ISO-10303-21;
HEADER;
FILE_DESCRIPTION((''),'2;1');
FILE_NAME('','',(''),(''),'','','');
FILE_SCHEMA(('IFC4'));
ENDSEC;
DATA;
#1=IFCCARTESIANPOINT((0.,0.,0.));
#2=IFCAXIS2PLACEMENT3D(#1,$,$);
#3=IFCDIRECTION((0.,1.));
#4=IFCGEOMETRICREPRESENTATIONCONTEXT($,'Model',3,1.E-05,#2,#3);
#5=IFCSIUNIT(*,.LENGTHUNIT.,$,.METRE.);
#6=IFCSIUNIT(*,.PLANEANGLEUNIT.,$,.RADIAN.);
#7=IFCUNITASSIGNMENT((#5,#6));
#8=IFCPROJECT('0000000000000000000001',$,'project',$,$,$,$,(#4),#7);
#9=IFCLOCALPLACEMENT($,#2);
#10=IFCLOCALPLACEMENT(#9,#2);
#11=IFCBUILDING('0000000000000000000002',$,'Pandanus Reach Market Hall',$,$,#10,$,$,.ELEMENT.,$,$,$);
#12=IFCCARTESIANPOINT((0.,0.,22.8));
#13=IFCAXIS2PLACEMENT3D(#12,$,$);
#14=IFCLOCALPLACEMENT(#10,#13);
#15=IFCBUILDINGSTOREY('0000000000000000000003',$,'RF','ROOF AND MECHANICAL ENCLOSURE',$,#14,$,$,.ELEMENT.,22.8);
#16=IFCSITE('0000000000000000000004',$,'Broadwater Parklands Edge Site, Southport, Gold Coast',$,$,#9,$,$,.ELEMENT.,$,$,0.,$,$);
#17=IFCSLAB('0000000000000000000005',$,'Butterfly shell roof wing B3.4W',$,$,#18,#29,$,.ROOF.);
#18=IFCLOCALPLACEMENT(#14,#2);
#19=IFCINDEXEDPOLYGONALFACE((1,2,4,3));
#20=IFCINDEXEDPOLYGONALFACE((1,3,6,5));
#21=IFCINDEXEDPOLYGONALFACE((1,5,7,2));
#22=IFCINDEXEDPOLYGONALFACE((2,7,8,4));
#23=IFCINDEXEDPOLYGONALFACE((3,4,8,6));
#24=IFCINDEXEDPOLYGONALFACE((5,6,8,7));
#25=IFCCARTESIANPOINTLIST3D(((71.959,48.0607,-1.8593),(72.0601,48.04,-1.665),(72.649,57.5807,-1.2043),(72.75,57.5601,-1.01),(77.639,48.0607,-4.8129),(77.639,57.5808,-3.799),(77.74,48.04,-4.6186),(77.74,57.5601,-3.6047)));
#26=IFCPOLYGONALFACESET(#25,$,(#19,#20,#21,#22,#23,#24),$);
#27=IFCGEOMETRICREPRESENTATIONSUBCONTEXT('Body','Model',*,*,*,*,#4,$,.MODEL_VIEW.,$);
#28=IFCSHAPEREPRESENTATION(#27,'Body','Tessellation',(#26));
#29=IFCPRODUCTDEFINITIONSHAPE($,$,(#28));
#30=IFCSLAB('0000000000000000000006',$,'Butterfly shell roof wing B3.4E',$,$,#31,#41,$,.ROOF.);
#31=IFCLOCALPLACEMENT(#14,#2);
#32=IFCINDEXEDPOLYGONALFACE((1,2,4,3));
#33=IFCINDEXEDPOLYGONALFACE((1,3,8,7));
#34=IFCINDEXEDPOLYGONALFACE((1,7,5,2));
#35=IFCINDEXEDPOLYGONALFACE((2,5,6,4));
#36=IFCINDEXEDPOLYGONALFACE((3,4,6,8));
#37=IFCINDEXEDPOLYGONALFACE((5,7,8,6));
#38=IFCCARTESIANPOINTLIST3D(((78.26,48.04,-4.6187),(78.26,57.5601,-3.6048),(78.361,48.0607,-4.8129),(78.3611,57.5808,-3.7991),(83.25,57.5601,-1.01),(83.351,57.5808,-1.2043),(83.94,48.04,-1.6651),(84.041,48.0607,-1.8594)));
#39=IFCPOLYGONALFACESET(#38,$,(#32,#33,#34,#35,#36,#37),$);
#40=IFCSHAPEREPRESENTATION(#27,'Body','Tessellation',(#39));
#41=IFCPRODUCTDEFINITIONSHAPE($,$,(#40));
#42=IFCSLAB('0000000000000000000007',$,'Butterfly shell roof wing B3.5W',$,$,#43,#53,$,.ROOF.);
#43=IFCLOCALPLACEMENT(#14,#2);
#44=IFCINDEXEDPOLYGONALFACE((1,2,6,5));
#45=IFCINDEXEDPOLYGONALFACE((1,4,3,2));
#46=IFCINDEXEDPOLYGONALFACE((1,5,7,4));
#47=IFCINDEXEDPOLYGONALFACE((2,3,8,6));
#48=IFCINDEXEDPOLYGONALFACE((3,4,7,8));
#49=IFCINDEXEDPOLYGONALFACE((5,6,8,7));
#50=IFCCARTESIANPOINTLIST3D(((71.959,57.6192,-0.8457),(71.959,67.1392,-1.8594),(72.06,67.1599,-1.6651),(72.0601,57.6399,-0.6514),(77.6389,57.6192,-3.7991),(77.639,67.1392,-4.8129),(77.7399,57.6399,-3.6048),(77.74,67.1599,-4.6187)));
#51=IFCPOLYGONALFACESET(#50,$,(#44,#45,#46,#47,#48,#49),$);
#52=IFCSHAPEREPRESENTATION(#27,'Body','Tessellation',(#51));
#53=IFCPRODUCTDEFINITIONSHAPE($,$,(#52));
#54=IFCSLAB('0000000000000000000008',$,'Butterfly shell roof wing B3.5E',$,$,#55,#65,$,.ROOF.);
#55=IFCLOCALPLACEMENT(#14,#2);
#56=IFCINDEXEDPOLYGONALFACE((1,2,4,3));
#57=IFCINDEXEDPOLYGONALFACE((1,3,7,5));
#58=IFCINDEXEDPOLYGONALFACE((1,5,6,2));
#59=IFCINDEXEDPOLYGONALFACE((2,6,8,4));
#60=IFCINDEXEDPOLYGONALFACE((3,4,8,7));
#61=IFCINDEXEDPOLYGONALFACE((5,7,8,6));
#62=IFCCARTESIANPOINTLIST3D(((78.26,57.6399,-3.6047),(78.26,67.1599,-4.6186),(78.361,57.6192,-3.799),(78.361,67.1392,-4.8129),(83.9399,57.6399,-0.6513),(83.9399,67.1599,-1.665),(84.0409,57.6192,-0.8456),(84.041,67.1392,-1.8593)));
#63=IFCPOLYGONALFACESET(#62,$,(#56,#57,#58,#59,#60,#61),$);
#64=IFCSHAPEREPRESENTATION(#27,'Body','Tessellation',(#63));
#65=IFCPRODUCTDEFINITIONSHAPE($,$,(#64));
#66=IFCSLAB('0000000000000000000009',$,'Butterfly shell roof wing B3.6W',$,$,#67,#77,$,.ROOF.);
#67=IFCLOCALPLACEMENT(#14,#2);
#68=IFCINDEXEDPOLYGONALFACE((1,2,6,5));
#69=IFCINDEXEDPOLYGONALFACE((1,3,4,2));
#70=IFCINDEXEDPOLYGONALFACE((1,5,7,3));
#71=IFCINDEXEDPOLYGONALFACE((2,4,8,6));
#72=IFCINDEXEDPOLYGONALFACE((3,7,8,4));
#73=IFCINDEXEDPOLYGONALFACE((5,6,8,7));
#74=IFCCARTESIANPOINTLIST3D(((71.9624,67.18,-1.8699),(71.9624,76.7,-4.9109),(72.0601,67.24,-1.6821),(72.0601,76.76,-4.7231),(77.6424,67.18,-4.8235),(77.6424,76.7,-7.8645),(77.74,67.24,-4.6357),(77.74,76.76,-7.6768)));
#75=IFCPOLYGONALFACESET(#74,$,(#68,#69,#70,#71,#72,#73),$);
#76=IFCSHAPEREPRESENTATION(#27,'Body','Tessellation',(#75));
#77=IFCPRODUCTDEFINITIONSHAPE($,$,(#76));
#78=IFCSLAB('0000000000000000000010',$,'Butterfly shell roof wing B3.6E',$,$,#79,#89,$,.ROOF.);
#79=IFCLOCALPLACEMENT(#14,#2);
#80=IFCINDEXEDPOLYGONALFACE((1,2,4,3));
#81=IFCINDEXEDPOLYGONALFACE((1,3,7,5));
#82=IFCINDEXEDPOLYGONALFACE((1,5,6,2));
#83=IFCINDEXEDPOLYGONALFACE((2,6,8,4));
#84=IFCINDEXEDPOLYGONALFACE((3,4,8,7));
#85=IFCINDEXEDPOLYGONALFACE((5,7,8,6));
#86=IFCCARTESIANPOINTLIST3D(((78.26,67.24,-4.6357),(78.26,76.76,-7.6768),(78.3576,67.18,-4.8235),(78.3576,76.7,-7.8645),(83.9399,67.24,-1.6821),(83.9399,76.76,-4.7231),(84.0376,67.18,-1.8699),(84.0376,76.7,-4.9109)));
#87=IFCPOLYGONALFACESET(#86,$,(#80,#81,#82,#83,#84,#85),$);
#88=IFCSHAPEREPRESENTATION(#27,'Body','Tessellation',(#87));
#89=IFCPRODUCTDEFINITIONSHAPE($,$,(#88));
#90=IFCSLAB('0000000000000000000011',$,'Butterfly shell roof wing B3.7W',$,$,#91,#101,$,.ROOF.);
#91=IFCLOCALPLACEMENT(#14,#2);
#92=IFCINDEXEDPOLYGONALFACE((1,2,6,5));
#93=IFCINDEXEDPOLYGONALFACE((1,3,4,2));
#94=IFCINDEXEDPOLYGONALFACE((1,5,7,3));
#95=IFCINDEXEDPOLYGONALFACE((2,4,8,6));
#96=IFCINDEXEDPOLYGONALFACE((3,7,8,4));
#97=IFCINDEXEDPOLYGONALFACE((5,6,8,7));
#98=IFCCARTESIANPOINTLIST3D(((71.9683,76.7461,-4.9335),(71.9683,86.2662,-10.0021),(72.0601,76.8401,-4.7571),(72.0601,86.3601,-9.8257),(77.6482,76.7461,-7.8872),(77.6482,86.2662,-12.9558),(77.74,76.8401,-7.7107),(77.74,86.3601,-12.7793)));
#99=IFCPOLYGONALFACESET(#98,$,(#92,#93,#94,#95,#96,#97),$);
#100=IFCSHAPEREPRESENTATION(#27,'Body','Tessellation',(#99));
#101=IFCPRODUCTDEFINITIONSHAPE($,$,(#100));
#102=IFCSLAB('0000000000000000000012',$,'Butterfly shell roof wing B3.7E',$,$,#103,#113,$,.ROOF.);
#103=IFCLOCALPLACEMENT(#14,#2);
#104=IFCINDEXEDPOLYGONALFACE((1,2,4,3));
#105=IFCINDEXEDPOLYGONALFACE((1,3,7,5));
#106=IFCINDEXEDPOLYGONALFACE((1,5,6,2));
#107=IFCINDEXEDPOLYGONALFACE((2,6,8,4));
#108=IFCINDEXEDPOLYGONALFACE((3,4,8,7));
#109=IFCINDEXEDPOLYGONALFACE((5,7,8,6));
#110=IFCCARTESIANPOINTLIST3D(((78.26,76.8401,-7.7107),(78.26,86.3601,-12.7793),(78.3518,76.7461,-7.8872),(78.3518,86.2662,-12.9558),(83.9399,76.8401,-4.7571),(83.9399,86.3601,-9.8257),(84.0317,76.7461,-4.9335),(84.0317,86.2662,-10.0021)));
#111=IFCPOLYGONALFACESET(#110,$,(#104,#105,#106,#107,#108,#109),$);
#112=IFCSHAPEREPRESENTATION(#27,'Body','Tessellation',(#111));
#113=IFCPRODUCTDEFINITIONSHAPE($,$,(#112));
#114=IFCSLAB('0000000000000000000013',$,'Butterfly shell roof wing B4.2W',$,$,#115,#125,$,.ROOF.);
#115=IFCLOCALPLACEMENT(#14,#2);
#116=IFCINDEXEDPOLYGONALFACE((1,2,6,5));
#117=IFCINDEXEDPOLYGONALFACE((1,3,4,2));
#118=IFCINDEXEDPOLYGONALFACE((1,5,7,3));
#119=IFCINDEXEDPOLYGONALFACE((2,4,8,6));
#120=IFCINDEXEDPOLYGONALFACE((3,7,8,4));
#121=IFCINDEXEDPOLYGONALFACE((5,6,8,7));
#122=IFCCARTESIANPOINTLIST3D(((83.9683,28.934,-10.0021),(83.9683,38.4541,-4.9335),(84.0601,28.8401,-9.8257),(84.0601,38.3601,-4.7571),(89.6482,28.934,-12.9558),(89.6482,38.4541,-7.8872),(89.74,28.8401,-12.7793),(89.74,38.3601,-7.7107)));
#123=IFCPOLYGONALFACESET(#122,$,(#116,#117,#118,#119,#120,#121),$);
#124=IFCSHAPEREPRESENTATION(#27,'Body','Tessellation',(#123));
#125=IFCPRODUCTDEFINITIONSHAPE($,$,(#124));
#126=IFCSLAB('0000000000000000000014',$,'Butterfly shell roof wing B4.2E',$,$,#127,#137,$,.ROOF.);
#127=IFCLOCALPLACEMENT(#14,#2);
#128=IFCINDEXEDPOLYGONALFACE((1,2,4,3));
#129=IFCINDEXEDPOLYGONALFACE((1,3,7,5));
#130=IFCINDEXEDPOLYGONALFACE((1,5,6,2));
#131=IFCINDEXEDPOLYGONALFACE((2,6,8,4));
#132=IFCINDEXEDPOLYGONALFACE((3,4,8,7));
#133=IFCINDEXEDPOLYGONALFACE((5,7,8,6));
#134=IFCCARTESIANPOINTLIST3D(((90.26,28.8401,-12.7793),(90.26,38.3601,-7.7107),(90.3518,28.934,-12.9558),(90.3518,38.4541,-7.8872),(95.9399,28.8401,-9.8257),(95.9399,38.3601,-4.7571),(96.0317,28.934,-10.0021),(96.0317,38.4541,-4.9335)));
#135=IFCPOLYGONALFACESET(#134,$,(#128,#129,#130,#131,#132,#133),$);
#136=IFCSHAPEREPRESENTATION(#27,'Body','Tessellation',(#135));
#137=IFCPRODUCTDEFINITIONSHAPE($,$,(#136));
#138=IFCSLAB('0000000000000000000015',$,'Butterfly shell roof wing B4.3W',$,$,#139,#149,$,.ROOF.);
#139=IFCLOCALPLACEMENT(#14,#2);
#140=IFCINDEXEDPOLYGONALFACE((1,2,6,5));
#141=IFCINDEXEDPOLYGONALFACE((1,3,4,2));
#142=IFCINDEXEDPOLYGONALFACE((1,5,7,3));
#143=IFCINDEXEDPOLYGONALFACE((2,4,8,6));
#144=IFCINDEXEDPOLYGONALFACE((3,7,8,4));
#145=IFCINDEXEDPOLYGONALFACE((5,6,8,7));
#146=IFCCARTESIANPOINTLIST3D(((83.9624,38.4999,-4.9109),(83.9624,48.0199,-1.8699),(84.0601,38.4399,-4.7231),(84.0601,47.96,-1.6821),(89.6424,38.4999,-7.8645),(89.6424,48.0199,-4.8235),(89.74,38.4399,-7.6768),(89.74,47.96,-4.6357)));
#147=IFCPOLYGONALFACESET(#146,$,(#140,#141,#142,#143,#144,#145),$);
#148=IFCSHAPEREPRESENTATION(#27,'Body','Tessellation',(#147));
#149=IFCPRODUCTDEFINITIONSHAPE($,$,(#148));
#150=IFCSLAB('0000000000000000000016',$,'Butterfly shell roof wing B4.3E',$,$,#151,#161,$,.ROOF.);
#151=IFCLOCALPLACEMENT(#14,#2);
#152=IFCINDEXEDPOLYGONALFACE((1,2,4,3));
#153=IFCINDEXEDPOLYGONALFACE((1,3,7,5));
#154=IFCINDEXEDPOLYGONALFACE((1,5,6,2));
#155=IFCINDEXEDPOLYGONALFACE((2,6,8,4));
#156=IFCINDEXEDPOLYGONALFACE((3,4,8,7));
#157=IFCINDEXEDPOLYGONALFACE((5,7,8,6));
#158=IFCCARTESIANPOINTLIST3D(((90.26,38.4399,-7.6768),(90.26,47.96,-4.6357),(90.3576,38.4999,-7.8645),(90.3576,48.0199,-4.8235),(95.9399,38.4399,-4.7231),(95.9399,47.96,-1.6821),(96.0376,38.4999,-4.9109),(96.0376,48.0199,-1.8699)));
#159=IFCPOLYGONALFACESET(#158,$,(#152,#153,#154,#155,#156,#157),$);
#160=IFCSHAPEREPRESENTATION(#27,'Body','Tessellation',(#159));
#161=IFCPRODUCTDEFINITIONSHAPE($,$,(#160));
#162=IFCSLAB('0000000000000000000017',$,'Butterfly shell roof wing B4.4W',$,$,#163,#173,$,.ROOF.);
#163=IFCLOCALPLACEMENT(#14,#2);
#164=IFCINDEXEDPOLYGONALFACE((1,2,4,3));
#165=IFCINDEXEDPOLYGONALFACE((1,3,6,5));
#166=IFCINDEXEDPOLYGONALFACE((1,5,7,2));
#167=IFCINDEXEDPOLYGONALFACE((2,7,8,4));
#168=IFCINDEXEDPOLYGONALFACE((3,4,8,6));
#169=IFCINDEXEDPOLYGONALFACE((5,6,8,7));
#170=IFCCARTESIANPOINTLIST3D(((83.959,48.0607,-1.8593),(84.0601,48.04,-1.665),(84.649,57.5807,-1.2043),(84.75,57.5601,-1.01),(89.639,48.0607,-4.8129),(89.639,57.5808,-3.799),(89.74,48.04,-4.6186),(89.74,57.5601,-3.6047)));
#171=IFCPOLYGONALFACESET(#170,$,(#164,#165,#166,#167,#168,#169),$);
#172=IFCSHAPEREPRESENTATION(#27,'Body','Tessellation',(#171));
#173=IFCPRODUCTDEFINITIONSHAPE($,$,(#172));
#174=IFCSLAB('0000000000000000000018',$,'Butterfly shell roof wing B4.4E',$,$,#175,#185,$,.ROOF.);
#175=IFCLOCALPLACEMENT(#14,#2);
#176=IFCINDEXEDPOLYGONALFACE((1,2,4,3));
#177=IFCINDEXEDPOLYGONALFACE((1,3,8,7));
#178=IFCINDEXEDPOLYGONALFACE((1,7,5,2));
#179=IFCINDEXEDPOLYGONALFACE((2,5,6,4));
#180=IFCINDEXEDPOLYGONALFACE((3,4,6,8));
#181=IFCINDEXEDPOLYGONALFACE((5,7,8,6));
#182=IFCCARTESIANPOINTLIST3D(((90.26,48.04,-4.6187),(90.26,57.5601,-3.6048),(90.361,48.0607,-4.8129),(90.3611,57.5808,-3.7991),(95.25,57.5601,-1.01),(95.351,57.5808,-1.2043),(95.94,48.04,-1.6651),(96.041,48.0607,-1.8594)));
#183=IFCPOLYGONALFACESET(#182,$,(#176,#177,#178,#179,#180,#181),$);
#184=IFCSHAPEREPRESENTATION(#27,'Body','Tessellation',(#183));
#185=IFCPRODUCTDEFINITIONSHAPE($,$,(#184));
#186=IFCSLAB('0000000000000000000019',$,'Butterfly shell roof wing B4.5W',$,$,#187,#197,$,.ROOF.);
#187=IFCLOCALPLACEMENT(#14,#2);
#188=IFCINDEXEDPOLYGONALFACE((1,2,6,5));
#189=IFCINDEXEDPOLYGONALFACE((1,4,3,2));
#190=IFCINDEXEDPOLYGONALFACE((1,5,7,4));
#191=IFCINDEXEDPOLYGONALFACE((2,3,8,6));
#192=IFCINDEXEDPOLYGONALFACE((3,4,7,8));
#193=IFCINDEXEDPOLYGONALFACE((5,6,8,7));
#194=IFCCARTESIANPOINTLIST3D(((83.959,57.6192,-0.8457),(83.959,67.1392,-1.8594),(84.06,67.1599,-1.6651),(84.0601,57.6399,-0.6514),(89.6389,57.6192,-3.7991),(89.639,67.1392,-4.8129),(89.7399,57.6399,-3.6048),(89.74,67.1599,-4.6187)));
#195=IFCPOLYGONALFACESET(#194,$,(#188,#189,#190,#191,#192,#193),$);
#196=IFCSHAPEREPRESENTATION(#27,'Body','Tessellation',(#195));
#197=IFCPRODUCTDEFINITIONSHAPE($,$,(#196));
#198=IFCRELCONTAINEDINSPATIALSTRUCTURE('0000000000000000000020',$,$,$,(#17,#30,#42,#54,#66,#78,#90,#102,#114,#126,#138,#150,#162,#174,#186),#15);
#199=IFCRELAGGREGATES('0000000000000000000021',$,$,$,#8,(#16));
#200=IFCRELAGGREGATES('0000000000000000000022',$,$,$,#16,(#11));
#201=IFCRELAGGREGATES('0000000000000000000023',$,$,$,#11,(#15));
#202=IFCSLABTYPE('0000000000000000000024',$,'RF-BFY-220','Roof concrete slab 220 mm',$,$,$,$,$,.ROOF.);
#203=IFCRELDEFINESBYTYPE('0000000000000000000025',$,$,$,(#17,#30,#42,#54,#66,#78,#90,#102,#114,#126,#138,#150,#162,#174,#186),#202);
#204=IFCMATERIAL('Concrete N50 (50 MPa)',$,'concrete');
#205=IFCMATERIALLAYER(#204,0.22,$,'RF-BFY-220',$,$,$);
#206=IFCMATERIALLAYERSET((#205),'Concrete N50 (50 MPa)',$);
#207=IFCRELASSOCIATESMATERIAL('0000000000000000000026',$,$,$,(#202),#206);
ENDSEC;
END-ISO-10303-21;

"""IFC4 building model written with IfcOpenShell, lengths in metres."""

from ifc_helpers import new_model, si_unit, direction, frame, origin, place, context, subcontext, project, spatial, polyline, outline, extrude, material, layer, layer_set, type_object, element, save


model = new_model("IFC4")

# Units and contexts
model_context = context("Model", 3, precision=1e-05, world=origin(), true_north=direction((0.0, 1.0)))
body_context = subcontext(model_context, "Body", "Model", "MODEL_VIEW")
ifc_project = project(units=[si_unit("LENGTHUNIT", "METRE"), si_unit("PLANEANGLEUNIT", "RADIAN")], contexts=[model_context])

# Site, building, storey
site_placement = place(None, origin())
site = spatial("IfcSite", under=ifc_project, at=site_placement, Name="Broadwater Parklands Edge Site, Southport, Gold Coast", CompositionType="ELEMENT", RefElevation=0.0)
building_placement = place(site_placement, origin())
building = spatial("IfcBuilding", under=site, at=building_placement, Name="Pandanus Reach Market Hall", CompositionType="ELEMENT")
storey_placement = place(building_placement, frame((0.0, 0.0, 22.8)))
storey = spatial("IfcBuildingStorey", under=building, at=storey_placement, Name="RF", Description="ROOF AND MECHANICAL ENCLOSURE", CompositionType="ELEMENT", Elevation=22.8)

# Slabs
ifc_material = material(Name="Concrete N50 (50 MPa)", Category="concrete")
ifc_layer_1 = layer(ifc_material, 0.22, Name="RF-BFY-220")
ifc_layer_set_1 = layer_set([ifc_layer_1], Name="Concrete N50 (50 MPa)")
slab_type_1 = type_object("IfcSlabType", Name="RF-BFY-220", Description="Roof concrete slab 220 mm", PredefinedType="ROOF", material=ifc_layer_set_1)
slab_1_placement = place(storey_placement, frame((72.0601, 48.04, -1.665), z_axis=(0.459306, -0.094067, 0.883283), x_axis=(0.887217, -0.000001, -0.461352)))
element("IfcSlab", 1, at=slab_1_placement, inside=storey, type_object=slab_type_1, Name="Butterfly shell roof wing B3.4W", PredefinedType="ROOF", context=body_context, shape_type="SweptSolid", body=[
    extrude(outline(polyline([(0.0, 0.0), (6.402, 0.0), (5.9342, 9.5624), (0.3099, 9.5624), (0.0, 0.0)])), origin(), (0.0, 0.0, -1.0), 0.22),
])
slab_2_placement = place(storey_placement, frame((78.26, 48.04, -4.6187), z_axis=(-0.459306, -0.094067, 0.883283), x_axis=(0.887217, 0.000001, 0.461352)))
element("IfcSlab", 2, at=slab_2_placement, inside=storey, type_object=slab_type_1, Name="Butterfly shell roof wing B3.4E", PredefinedType="ROOF", context=body_context, shape_type="SweptSolid", body=[
    extrude(outline(polyline([(0.0, 0.0), (6.402, 0.0), (6.0921, 9.5624), (0.4678, 9.5624), (0.0, 0.0)])), origin(), (0.0, 0.0, -1.0), 0.22),
])
slab_3_placement = place(storey_placement, frame((72.0601, 57.6399, -0.6514), z_axis=(0.459298, 0.094062, 0.883288), x_axis=(0.887222, -0.000002, -0.461344)))
element("IfcSlab", 3, at=slab_3_placement, inside=storey, type_object=slab_type_1, Name="Butterfly shell roof wing B3.5W", PredefinedType="ROOF", context=body_context, shape_type="SweptSolid", body=[
    extrude(outline(polyline([(0.0, 0.0), (6.4019, 0.0), (6.8696, 9.5624), (0.4676, 9.5624), (0.0, 0.0)])), origin(), (0.0, 0.0, -1.0), 0.22),
])
slab_4_placement = place(storey_placement, frame((78.26, 57.6399, -3.6047), z_axis=(-0.459298, 0.094062, 0.883288), x_axis=(0.887222, 0.000002, 0.461344)))
element("IfcSlab", 4, at=slab_4_placement, inside=storey, type_object=slab_type_1, Name="Butterfly shell roof wing B3.5E", PredefinedType="ROOF", context=body_context, shape_type="SweptSolid", body=[
    extrude(outline(polyline([(0.0, 0.0), (6.4019, 0.0), (5.9342, 9.5624), (-0.4677, 9.5624), (0.0, 0.0)])), origin(), (0.0, 0.0, -1.0), 0.22),
])
slab_5_placement = place(storey_placement, frame((72.0601, 67.24, -1.6821), z_axis=(0.443877, 0.272667, 0.853596), x_axis=(0.887214, 0.0, -0.461359)))
element("IfcSlab", 5, at=slab_5_placement, inside=storey, type_object=slab_type_1, Name="Butterfly shell roof wing B3.6W", PredefinedType="ROOF", context=body_context, shape_type="SweptSolid", body=[
    extrude(outline(polyline([(0.0, 0.0), (6.402, 0.0), (7.805, 9.895), (1.403, 9.895), (0.0, 0.0)])), origin(), (0.0, 0.0, -1.0), 0.22),
])
slab_6_placement = place(storey_placement, frame((78.26, 67.24, -4.6357), z_axis=(-0.443877, 0.272667, 0.853596), x_axis=(0.887214, 0.0, 0.461359)))
element("IfcSlab", 6, at=slab_6_placement, inside=storey, type_object=slab_type_1, Name="Butterfly shell roof wing B3.6E", PredefinedType="ROOF", context=body_context, shape_type="SweptSolid", body=[
    extrude(outline(polyline([(0.0, 0.0), (6.402, 0.0), (4.999, 9.895), (-1.403, 9.895), (0.0, 0.0)])), origin(), (0.0, 0.0, -1.0), 0.22),
])
slab_7_placement = place(storey_placement, frame((72.0601, 76.8401, -4.7571), z_axis=(0.41716, 0.427113, 0.802217), x_axis=(0.887214, 0.0, -0.461359)))
element("IfcSlab", 7, at=slab_7_placement, inside=storey, type_object=slab_type_1, Name="Butterfly shell roof wing B3.7W", PredefinedType="ROOF", context=body_context, shape_type="SweptSolid", body=[
    extrude(outline(polyline([(0.0, 0.0), (6.402, 0.0), (8.7404, 10.5287), (2.3384, 10.5287), (0.0, 0.0)])), origin(), (0.0, 0.0, -1.0), 0.22),
])
for number, where, z_axis, x_axis, name in (
    (8, (78.26, 76.8401, -7.7107), (-0.41716, 0.427113, 0.802217), (0.887214, 0.0, 0.461359), "Butterfly shell roof wing B3.7E"),
    (9, (84.0601, 28.8401, -9.8257), (0.41716, -0.427113, 0.802217), (0.887214, 0.0, -0.461359), "Butterfly shell roof wing B4.2W"),
):
    element("IfcSlab", number, at=place(storey_placement, frame(where, z_axis=z_axis, x_axis=x_axis)), inside=storey, type_object=slab_type_1, Name=name, PredefinedType="ROOF", context=body_context, shape_type="SweptSolid", body=[
        extrude(outline(polyline([(0.0, 0.0), (6.402, 0.0), (4.0635, 10.5287), (-2.3384, 10.5287), (0.0, 0.0)])), origin(), (0.0, 0.0, -1.0), 0.22),
    ])
slab_8_placement = place(storey_placement, frame((90.26, 28.8401, -12.7793), z_axis=(-0.41716, -0.427113, 0.802217), x_axis=(0.887214, 0.0, 0.461359)))
element("IfcSlab", 10, at=slab_8_placement, inside=storey, type_object=slab_type_1, Name="Butterfly shell roof wing B4.2E", PredefinedType="ROOF", context=body_context, shape_type="SweptSolid", body=[
    extrude(outline(polyline([(0.0, 0.0), (6.402, 0.0), (8.7404, 10.5287), (2.3384, 10.5287), (0.0, 0.0)])), origin(), (0.0, 0.0, -1.0), 0.22),
])
slab_9_placement = place(storey_placement, frame((84.0601, 38.4399, -4.7231), z_axis=(0.443877, -0.272667, 0.853596), x_axis=(0.887214, 0.0, -0.461359)))
element("IfcSlab", 11, at=slab_9_placement, inside=storey, type_object=slab_type_1, Name="Butterfly shell roof wing B4.3W", PredefinedType="ROOF", context=body_context, shape_type="SweptSolid", body=[
    extrude(outline(polyline([(0.0, 0.0), (6.402, 0.0), (4.999, 9.895), (-1.403, 9.895), (0.0, 0.0)])), origin(), (0.0, 0.0, -1.0), 0.22),
])
slab_10_placement = place(storey_placement, frame((90.26, 38.4399, -7.6768), z_axis=(-0.443877, -0.272667, 0.853596), x_axis=(0.887214, 0.0, 0.461359)))
element("IfcSlab", 12, at=slab_10_placement, inside=storey, type_object=slab_type_1, Name="Butterfly shell roof wing B4.3E", PredefinedType="ROOF", context=body_context, shape_type="SweptSolid", body=[
    extrude(outline(polyline([(0.0, 0.0), (6.402, 0.0), (7.805, 9.895), (1.403, 9.895), (0.0, 0.0)])), origin(), (0.0, 0.0, -1.0), 0.22),
])
slab_11_placement = place(storey_placement, frame((84.0601, 48.04, -1.665), z_axis=(0.459306, -0.094067, 0.883283), x_axis=(0.887217, -0.000001, -0.461352)))
element("IfcSlab", 13, at=slab_11_placement, inside=storey, type_object=slab_type_1, Name="Butterfly shell roof wing B4.4W", PredefinedType="ROOF", context=body_context, shape_type="SweptSolid", body=[
    extrude(outline(polyline([(0.0, 0.0), (6.402, 0.0), (5.9342, 9.5624), (0.3099, 9.5624), (0.0, 0.0)])), origin(), (0.0, 0.0, -1.0), 0.22),
])
slab_12_placement = place(storey_placement, frame((90.26, 48.04, -4.6187), z_axis=(-0.459306, -0.094067, 0.883283), x_axis=(0.887217, 0.000001, 0.461352)))
element("IfcSlab", 14, at=slab_12_placement, inside=storey, type_object=slab_type_1, Name="Butterfly shell roof wing B4.4E", PredefinedType="ROOF", context=body_context, shape_type="SweptSolid", body=[
    extrude(outline(polyline([(0.0, 0.0), (6.402, 0.0), (6.0921, 9.5624), (0.4678, 9.5624), (0.0, 0.0)])), origin(), (0.0, 0.0, -1.0), 0.22),
])
slab_13_placement = place(storey_placement, frame((84.0601, 57.6399, -0.6514), z_axis=(0.459298, 0.094062, 0.883288), x_axis=(0.887222, -0.000002, -0.461344)))
element("IfcSlab", 15, at=slab_13_placement, inside=storey, type_object=slab_type_1, Name="Butterfly shell roof wing B4.5W", PredefinedType="ROOF", context=body_context, shape_type="SweptSolid", body=[
    extrude(outline(polyline([(0.0, 0.0), (6.4019, 0.0), (6.8696, 9.5624), (0.4676, 9.5624), (0.0, 0.0)])), origin(), (0.0, 0.0, -1.0), 0.22),
])

save(model, "model.ifc")
